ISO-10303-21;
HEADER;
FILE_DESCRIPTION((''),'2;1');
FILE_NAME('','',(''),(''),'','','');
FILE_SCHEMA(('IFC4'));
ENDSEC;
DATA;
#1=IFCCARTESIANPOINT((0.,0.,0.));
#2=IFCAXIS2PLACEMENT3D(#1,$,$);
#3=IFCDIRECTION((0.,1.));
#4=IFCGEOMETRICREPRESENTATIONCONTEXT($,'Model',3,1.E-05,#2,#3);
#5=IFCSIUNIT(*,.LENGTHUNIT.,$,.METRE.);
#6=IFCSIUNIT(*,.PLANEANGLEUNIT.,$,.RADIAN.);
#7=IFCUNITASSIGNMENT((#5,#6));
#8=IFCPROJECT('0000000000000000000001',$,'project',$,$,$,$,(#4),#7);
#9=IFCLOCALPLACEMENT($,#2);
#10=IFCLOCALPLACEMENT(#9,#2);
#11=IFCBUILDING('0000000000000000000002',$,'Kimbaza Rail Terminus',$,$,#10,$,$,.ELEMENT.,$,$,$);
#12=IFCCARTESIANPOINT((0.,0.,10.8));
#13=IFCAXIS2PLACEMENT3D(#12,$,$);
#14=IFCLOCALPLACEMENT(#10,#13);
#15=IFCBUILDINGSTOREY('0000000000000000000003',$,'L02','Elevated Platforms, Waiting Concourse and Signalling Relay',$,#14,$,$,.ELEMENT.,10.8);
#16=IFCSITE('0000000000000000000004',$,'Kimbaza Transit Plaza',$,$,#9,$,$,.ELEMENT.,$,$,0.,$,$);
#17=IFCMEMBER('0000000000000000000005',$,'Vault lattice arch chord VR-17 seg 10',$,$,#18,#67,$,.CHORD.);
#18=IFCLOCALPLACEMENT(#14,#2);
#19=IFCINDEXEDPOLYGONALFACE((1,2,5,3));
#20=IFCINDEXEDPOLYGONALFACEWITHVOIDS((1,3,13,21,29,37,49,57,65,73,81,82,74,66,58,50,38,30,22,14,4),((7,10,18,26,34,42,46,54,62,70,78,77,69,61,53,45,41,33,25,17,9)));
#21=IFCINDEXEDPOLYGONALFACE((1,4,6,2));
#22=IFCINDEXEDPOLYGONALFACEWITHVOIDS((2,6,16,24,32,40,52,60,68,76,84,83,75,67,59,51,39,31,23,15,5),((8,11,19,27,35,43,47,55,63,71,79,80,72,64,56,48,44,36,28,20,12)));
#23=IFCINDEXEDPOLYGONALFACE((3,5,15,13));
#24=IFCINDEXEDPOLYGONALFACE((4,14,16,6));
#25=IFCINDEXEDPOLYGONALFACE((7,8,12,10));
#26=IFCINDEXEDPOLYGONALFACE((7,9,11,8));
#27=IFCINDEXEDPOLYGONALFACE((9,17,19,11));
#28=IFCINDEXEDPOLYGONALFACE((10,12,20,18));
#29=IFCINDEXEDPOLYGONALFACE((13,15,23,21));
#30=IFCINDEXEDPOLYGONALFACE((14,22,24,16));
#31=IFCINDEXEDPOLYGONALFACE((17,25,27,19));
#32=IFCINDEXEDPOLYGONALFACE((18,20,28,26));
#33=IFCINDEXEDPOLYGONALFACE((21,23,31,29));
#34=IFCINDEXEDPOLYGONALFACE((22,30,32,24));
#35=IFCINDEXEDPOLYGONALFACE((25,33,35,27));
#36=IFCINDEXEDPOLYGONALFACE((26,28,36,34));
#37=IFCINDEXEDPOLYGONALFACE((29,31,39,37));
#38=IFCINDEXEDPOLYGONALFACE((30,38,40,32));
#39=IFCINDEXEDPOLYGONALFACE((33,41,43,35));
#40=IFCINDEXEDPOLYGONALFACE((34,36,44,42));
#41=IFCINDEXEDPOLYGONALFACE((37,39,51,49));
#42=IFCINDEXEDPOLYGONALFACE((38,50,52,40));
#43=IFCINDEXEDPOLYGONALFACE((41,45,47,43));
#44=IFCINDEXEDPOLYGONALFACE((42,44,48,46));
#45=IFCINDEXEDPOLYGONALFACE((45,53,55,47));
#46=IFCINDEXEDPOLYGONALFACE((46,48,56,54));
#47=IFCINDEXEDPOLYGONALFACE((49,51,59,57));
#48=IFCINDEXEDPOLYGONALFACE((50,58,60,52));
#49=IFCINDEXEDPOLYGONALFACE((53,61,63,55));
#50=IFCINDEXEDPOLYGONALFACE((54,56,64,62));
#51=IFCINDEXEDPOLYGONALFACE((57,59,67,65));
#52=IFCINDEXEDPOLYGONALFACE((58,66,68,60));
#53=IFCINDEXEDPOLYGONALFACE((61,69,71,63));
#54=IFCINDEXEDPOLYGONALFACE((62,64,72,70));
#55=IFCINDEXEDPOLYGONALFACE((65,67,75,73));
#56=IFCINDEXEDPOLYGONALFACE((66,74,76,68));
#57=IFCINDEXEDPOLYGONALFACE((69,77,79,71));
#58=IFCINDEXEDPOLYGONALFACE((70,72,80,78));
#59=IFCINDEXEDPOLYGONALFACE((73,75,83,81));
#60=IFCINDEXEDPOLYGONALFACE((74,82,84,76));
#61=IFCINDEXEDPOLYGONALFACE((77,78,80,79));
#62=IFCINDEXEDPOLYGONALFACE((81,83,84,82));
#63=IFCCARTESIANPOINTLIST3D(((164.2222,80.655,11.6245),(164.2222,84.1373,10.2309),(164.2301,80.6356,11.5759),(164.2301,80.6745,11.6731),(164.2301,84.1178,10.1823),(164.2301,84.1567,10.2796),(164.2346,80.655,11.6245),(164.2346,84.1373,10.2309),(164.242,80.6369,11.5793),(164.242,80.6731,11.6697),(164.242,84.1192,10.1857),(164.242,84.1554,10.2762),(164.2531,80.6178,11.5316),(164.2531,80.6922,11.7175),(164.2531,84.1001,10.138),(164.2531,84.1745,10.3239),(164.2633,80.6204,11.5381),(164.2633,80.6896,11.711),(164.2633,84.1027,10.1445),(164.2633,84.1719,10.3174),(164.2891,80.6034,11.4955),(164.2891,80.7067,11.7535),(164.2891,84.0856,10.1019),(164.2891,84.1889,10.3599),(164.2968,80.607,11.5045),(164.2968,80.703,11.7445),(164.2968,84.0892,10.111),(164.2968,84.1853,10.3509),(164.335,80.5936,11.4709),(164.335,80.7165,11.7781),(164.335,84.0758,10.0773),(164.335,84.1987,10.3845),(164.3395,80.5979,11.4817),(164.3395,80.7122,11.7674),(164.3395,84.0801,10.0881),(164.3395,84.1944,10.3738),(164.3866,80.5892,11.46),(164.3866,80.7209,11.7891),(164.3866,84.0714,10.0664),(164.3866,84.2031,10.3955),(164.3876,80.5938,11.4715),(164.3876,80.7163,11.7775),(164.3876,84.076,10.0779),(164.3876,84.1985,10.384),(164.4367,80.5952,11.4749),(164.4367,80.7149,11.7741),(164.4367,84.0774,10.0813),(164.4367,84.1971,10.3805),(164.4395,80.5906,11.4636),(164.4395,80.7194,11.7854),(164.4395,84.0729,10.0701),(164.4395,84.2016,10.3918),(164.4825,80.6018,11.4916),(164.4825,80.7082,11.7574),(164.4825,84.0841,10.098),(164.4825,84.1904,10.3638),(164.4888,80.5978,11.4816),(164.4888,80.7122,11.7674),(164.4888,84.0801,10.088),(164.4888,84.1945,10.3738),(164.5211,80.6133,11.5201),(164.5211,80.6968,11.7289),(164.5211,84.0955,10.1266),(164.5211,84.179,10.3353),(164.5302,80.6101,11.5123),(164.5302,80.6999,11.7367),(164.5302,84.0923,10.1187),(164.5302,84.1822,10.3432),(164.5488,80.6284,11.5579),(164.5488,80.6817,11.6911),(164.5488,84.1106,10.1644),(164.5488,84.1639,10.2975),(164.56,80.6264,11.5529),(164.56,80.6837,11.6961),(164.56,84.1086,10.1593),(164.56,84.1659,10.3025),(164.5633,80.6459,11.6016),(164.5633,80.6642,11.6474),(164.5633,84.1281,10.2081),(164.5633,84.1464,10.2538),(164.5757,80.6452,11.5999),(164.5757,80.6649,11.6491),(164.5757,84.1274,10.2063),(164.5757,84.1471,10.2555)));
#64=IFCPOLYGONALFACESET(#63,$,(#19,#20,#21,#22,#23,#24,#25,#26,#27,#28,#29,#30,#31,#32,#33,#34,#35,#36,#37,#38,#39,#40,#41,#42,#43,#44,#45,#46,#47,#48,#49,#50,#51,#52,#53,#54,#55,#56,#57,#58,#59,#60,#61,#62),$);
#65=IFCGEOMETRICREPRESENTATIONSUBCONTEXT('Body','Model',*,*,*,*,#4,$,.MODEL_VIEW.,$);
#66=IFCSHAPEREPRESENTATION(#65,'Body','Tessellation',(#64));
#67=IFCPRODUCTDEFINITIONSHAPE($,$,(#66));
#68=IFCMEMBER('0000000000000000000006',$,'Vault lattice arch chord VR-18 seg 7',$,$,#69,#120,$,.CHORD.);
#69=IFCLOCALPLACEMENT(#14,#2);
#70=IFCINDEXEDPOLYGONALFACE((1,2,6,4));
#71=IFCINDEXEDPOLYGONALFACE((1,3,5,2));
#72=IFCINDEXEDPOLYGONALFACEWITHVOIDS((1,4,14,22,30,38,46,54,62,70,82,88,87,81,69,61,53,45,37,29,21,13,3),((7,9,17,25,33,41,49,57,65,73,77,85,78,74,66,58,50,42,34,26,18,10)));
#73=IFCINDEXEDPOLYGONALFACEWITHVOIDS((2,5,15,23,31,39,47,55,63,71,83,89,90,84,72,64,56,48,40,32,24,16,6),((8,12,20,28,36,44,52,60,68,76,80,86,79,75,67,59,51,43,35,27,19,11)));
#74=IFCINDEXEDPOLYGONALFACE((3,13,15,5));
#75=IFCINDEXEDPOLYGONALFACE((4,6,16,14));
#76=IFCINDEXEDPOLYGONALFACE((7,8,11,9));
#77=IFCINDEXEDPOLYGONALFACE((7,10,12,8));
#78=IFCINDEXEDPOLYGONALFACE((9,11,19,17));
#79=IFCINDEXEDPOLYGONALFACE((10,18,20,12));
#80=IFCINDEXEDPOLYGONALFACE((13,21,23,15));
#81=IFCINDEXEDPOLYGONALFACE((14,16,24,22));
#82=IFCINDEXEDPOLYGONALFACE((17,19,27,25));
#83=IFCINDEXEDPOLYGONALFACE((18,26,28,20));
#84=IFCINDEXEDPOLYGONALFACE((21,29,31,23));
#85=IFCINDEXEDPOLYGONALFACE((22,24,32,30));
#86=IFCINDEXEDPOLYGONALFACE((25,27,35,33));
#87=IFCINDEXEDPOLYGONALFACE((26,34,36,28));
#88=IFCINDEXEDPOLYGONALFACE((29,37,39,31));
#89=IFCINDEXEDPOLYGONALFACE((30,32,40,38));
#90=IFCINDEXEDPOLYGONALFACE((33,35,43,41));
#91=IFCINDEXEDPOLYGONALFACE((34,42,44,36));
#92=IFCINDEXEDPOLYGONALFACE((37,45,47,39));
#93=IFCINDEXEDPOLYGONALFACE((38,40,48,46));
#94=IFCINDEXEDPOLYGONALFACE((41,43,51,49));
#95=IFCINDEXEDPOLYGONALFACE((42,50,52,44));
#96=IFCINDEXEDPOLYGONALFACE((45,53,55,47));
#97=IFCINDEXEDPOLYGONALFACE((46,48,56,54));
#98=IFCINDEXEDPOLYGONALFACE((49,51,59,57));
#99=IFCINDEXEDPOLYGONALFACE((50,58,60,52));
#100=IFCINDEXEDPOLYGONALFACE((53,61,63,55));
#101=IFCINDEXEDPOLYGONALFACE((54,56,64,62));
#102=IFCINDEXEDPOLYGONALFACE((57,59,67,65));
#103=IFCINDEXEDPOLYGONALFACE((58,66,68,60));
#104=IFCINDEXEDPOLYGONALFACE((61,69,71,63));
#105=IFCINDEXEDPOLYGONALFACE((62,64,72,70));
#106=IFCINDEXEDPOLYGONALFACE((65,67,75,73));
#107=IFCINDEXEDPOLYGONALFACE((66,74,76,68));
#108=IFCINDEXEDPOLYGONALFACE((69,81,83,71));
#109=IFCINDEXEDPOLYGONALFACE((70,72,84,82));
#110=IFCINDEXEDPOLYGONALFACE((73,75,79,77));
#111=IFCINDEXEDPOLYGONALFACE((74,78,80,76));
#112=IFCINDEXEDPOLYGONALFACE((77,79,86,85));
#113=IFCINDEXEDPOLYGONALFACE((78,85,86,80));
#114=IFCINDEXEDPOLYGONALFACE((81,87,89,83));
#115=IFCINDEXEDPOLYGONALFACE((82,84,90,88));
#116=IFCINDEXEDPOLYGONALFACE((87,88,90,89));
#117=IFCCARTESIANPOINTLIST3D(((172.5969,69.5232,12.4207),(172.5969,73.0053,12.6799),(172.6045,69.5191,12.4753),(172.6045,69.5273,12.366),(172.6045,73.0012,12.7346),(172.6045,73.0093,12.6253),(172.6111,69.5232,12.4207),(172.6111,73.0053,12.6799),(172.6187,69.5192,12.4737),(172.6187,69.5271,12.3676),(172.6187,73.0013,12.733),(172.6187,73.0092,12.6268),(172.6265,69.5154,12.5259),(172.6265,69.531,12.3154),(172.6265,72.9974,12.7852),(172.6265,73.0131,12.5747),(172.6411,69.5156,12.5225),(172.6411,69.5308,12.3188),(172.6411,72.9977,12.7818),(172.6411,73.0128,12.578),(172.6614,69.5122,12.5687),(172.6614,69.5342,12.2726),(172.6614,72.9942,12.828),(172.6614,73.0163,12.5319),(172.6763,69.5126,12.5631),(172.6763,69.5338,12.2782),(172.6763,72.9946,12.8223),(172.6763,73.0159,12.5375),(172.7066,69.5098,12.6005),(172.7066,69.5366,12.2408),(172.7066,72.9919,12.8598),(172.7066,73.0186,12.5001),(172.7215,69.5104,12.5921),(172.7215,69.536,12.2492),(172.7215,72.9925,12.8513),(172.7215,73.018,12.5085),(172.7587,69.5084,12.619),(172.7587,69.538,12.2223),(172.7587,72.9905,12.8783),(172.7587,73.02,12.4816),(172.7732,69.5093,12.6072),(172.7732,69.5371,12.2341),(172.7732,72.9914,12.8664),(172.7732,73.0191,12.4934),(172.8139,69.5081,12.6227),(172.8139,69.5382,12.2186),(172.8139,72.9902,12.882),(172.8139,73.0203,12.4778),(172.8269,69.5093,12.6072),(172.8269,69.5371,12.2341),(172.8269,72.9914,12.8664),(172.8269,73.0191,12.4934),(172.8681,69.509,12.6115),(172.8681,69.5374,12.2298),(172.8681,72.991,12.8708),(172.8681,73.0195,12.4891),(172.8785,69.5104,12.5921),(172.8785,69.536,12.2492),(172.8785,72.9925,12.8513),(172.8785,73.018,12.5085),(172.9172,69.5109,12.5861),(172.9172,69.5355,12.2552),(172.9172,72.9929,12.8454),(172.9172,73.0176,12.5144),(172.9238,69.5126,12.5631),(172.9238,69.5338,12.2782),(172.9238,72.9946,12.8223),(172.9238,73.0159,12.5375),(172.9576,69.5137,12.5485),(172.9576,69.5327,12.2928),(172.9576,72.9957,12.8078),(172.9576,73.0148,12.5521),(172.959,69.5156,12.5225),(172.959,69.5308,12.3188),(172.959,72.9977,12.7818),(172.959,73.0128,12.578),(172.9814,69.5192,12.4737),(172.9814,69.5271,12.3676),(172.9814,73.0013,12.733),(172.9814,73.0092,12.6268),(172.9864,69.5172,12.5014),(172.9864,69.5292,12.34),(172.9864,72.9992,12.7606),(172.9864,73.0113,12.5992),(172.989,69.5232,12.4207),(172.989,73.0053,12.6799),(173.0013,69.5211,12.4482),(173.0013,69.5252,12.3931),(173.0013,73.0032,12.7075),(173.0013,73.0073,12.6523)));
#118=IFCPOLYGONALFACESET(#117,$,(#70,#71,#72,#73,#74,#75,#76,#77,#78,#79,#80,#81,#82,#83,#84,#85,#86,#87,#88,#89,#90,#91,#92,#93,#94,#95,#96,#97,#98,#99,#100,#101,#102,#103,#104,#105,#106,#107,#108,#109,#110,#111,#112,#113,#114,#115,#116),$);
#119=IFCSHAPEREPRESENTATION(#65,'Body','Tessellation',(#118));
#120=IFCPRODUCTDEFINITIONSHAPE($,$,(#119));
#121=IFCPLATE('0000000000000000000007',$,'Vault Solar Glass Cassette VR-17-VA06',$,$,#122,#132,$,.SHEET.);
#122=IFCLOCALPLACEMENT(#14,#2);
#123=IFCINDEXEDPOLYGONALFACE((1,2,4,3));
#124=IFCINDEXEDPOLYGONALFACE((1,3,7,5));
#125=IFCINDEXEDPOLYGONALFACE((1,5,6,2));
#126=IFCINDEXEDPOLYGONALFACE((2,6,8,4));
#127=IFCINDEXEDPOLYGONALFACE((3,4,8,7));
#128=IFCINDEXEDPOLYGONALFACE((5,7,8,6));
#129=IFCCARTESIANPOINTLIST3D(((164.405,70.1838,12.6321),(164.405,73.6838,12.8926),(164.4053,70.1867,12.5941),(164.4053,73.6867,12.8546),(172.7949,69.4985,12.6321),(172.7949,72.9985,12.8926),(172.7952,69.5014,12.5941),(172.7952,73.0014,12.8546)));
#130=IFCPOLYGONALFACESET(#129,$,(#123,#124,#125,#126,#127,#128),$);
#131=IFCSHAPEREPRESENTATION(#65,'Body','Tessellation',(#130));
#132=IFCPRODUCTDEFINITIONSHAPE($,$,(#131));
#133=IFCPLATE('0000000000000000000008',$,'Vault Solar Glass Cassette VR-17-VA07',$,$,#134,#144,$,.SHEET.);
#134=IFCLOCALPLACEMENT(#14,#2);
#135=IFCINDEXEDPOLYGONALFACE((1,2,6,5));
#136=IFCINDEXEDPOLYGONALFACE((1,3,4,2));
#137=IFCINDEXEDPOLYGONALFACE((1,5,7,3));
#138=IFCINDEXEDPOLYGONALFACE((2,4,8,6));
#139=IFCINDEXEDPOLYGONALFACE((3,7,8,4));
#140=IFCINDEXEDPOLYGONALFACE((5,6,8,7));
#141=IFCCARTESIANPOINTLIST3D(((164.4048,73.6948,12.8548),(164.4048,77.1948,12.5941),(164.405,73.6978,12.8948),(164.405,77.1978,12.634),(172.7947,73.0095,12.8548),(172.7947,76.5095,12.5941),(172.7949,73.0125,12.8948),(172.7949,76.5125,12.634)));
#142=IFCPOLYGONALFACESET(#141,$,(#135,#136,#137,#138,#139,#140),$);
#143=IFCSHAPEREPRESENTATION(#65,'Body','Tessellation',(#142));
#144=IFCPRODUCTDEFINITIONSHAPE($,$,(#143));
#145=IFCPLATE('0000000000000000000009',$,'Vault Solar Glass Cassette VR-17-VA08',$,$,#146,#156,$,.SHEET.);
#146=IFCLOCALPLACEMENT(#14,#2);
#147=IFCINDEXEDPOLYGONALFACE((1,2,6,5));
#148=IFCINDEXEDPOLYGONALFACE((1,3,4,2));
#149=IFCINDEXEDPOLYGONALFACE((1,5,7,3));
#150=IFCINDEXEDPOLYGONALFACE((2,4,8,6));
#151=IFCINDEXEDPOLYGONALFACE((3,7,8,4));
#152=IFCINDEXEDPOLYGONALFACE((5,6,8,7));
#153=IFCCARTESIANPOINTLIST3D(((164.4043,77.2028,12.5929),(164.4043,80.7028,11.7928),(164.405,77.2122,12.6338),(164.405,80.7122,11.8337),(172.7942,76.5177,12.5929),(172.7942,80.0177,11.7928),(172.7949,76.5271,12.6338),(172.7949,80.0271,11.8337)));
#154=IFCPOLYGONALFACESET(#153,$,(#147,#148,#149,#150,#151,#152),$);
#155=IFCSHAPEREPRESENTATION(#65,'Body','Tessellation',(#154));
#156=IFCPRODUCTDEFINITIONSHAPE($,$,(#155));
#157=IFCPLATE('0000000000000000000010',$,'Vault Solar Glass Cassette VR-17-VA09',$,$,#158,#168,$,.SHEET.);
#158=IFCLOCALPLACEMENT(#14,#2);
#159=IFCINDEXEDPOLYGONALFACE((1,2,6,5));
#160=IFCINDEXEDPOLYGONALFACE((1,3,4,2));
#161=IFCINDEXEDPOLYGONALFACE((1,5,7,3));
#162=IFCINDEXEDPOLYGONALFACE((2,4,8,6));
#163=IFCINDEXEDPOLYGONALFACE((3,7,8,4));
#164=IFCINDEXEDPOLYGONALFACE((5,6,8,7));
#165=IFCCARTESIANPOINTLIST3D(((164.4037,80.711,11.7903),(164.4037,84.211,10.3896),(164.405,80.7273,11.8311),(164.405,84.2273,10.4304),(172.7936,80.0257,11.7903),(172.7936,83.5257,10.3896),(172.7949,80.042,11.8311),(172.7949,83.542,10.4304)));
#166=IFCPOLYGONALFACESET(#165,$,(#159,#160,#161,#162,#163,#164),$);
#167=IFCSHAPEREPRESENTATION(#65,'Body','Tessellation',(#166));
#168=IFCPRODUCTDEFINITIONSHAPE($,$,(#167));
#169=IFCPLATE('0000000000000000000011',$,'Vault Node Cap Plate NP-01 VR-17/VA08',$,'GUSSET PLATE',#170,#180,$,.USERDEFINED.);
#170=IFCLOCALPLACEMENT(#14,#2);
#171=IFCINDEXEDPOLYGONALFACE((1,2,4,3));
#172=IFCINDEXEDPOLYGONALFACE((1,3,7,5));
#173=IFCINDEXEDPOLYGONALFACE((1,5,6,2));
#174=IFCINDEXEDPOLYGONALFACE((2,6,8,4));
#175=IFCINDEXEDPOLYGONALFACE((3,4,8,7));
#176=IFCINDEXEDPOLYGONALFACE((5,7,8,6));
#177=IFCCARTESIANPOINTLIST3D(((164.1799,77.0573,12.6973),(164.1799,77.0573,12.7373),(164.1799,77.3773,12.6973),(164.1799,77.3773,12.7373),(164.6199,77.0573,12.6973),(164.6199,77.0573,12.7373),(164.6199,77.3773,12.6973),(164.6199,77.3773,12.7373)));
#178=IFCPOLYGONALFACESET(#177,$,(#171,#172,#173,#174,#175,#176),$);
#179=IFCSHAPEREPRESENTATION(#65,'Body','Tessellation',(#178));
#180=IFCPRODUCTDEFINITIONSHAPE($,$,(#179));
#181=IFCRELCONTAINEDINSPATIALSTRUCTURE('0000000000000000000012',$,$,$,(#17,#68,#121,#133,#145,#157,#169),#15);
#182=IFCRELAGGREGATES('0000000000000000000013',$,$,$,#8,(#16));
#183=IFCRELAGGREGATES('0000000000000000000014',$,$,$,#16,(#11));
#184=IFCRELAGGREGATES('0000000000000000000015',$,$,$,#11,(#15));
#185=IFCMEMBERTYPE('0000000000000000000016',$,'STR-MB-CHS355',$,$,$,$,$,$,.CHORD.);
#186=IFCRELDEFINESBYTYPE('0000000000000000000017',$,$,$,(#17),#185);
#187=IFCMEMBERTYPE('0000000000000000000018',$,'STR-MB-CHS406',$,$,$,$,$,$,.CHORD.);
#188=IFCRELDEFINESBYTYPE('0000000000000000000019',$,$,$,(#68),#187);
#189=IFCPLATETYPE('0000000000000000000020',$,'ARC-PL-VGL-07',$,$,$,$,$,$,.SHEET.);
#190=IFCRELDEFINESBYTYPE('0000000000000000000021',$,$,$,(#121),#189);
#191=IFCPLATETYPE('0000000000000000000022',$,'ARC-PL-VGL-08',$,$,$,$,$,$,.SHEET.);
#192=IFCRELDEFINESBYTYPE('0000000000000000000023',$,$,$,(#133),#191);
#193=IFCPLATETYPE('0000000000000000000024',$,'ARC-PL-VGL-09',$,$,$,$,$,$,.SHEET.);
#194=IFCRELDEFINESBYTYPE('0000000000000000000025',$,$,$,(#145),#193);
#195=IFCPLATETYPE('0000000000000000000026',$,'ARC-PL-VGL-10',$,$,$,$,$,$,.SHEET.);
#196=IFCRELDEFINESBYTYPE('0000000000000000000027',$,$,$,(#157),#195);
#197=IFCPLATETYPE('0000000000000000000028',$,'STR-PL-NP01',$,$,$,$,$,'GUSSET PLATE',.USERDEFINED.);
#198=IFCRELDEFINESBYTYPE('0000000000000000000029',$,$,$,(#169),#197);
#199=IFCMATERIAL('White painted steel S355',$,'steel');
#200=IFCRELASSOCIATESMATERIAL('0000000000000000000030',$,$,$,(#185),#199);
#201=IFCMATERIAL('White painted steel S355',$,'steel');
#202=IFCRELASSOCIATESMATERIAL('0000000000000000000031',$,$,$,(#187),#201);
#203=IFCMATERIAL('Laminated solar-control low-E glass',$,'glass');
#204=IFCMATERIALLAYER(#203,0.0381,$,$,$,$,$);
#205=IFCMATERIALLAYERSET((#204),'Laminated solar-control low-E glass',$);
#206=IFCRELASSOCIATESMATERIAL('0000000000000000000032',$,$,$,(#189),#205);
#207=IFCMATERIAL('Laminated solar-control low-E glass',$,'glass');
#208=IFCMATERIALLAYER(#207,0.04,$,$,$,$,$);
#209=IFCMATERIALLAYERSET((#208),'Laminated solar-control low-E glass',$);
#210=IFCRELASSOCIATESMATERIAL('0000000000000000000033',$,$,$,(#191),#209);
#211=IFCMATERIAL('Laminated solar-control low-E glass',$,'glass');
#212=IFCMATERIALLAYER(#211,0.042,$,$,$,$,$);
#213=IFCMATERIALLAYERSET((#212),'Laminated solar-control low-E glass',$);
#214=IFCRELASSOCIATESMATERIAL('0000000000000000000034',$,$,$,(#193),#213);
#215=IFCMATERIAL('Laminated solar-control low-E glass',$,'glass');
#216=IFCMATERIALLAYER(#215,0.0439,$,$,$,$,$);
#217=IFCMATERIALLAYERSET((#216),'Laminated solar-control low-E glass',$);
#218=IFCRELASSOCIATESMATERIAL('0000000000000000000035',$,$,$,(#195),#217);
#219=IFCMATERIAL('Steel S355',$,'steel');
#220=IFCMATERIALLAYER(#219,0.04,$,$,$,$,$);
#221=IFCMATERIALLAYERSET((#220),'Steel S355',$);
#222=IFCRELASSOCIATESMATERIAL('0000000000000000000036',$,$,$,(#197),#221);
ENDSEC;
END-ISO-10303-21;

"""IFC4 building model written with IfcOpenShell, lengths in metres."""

from ifc_helpers import new_model, si_unit, direction, frame, origin, origin_2d, place, context, subcontext, project, spatial, polyline, rectangle, hollow_circle, outline, extrude, material, layer, layer_set, material_profile, profile_set, type_object, element, save


model = new_model("IFC4")

# Units and contexts
model_context = context("Model", 3, precision=1e-05, world=origin(), true_north=direction((0.0, 1.0)))
body_context = subcontext(model_context, "Body", "Model", "MODEL_VIEW")
ifc_project = project(units=[si_unit("LENGTHUNIT", "METRE"), si_unit("PLANEANGLEUNIT", "RADIAN")], contexts=[model_context])

# Site, building, storey
site_placement = place(None, origin())
site = spatial("IfcSite", under=ifc_project, at=site_placement, Name="Kimbaza Transit Plaza", CompositionType="ELEMENT", RefElevation=0.0)
building_placement = place(site_placement, origin())
building = spatial("IfcBuilding", under=site, at=building_placement, Name="Kimbaza Rail Terminus", CompositionType="ELEMENT")
storey_placement = place(building_placement, frame((0.0, 0.0, 10.8)))
storey = spatial("IfcBuildingStorey", under=building, at=storey_placement, Name="L02", Description="Elevated Platforms, Waiting Concourse and Signalling Relay", CompositionType="ELEMENT", Elevation=10.8)

# Members
ifc_material_1 = material(Name="White painted steel S355", Category="steel")
ifc_material_profile_1 = material_profile(ifc_material_1, hollow_circle(Radius=0.1777, WallThickness=0.0125, at=origin_2d()), Name="CHS 355.6x12.5")
ifc_profile_set_1 = profile_set([ifc_material_profile_1], Name="White painted steel S355")
member_type_1 = type_object("IfcMemberType", Name="STR-MB-CHS355", PredefinedType="CHORD", material=ifc_profile_set_1)
member_1_placement = place(storey_placement, frame((164.3999, 80.655, 11.6245), z_axis=(0.0, 0.928414, -0.371548), x_axis=(-1.0, 0.0, 0.0)))
element("IfcMember", 1, at=member_1_placement, inside=storey, type_object=member_type_1, Name="Vault lattice arch chord VR-17 seg 10", PredefinedType="CHORD", context=body_context, shape_type="SweptSolid", body=[
    extrude(hollow_circle(Radius=0.1777, WallThickness=0.0125, at=origin_2d()), origin(), (0.0, 0.0, 1.0), 3.7507),
])
ifc_material_2 = material(Name="White painted steel S355", Category="steel")
ifc_material_profile_2 = material_profile(ifc_material_2, hollow_circle(Radius=0.2031, WallThickness=0.0142, at=origin_2d()), Name="CHS 406.4x14.2")
ifc_profile_set_2 = profile_set([ifc_material_profile_2], Name="White painted steel S355")
member_type_2 = type_object("IfcMemberType", Name="STR-MB-CHS406", PredefinedType="CHORD", material=ifc_profile_set_2)
member_2_placement = place(storey_placement, frame((172.8, 69.5232, 12.4207), z_axis=(0.0, 0.997239, 0.074253), x_axis=(-1.0, 0.0, 0.0)))
element("IfcMember", 2, at=member_2_placement, inside=storey, type_object=member_type_2, Name="Vault lattice arch chord VR-18 seg 7", PredefinedType="CHORD", context=body_context, shape_type="SweptSolid", body=[
    extrude(hollow_circle(Radius=0.2031, WallThickness=0.0142, at=origin_2d()), origin(), (0.0, 0.0, 1.0), 3.4917),
])

# Plates
ifc_material_3 = material(Name="Laminated solar-control low-E glass", Category="glass")
ifc_layer_1 = layer(ifc_material_3, 0.0381)
ifc_layer_set_1 = layer_set([ifc_layer_1], Name="Laminated solar-control low-E glass")
plate_type_1 = type_object("IfcPlateType", Name="ARC-PL-VGL-07", PredefinedType="SHEET", material=ifc_layer_set_1)
plate_1_placement = place(storey_placement, frame((164.405, 70.1838, 12.6321), z_axis=(-0.006063, -0.074221, 0.997223), x_axis=(0.996681, -0.081411, 0.0)))
element("IfcPlate", 3, at=plate_1_placement, inside=storey, type_object=plate_type_1, Name="Vault Solar Glass Cassette VR-17-VA06", PredefinedType="SHEET", context=body_context, shape_type="SweptSolid", body=[
    extrude(outline(polyline([(0.0, 0.0), (8.4178, 0.0), (8.1329, 3.4981), (-0.2849, 3.4981), (0.0, 0.0)])), origin(), (0.0, 0.0, -1.0), 0.0381),
])
ifc_material_4 = material(Name="Laminated solar-control low-E glass", Category="glass")
ifc_layer_2 = layer(ifc_material_4, 0.04)
ifc_layer_set_2 = layer_set([ifc_layer_2], Name="Laminated solar-control low-E glass")
plate_type_2 = type_object("IfcPlateType", Name="ARC-PL-VGL-08", PredefinedType="SHEET", material=ifc_layer_set_2)
plate_2_placement = place(storey_placement, frame((164.405, 73.6978, 12.8948), z_axis=(0.006068, 0.074291, 0.997218), x_axis=(0.996681, -0.081411, 0.0)))
element("IfcPlate", 4, at=plate_2_placement, inside=storey, type_object=plate_type_2, Name="Vault Solar Glass Cassette VR-17-VA07", PredefinedType="SHEET", context=body_context, shape_type="SweptSolid", body=[
    extrude(outline(polyline([(0.0, 0.0), (8.4178, 0.0), (8.1329, 3.4981), (-0.2849, 3.4981), (0.0, 0.0)])), origin(), (0.0, 0.0, -1.0), 0.04),
])
ifc_material_5 = material(Name="Laminated solar-control low-E glass", Category="glass")
ifc_layer_3 = layer(ifc_material_5, 0.042)
ifc_layer_set_3 = layer_set([ifc_layer_3], Name="Laminated solar-control low-E glass")
plate_type_3 = type_object("IfcPlateType", Name="ARC-PL-VGL-09", PredefinedType="SHEET", material=ifc_layer_set_3)
plate_3_placement = place(storey_placement, frame((164.405, 77.2122, 12.6338), z_axis=(0.018192, 0.222801, 0.974694), x_axis=(0.996683, -0.081382, 0.0)))
element("IfcPlate", 5, at=plate_3_placement, inside=storey, type_object=plate_type_3, Name="Vault Solar Glass Cassette VR-17-VA08", PredefinedType="SHEET", context=body_context, shape_type="SweptSolid", body=[
    extrude(outline(polyline([(0.0, 0.0), (8.4178, 0.0), (8.133, 3.579), (-0.2848, 3.579), (0.0, 0.0)])), origin(), (0.0, 0.0, -1.0), 0.042),
])
ifc_material_6 = material(Name="Laminated solar-control low-E glass", Category="glass")
ifc_layer_4 = layer(ifc_material_6, 0.0439)
ifc_layer_set_4 = layer_set([ifc_layer_4], Name="Laminated solar-control low-E glass")
plate_type_4 = type_object("IfcPlateType", Name="ARC-PL-VGL-10", PredefinedType="SHEET", material=ifc_layer_set_4)
plate_4_placement = place(storey_placement, frame((164.405, 80.7273, 11.8311), z_axis=(0.030334, 0.371365, 0.927991), x_axis=(0.996681, -0.081411, 0.0)))
element("IfcPlate", 6, at=plate_4_placement, inside=storey, type_object=plate_type_4, Name="Vault Solar Glass Cassette VR-17-VA09", PredefinedType="SHEET", context=body_context, shape_type="SweptSolid", body=[
    extrude(outline(polyline([(0.0, 0.0), (8.4178, 0.0), (8.1329, 3.7591), (-0.2849, 3.7591), (0.0, 0.0)])), origin(), (0.0, 0.0, -1.0), 0.0439),
])
ifc_material_7 = material(Name="Steel S355", Category="steel")
ifc_layer_5 = layer(ifc_material_7, 0.04)
ifc_layer_set_5 = layer_set([ifc_layer_5], Name="Steel S355")
plate_type_5 = type_object("IfcPlateType", Name="STR-PL-NP01", ElementType="GUSSET PLATE", PredefinedType="USERDEFINED", material=ifc_layer_set_5)
for number, where, z_axis, x_axis, name in (
    (7, (164.3999, 77.2173, 12.6973), (0.0, 0.0, 1.0), (1.0, 0.0, 0.0), "Vault Node Cap Plate NP-01 VR-17/VA08"),
):
    element("IfcPlate", number, at=place(storey_placement, frame(where, z_axis=z_axis, x_axis=x_axis)), inside=storey, type_object=plate_type_5, Name=name, ObjectType="GUSSET PLATE", PredefinedType="USERDEFINED", context=body_context, shape_type="SweptSolid", body=[
        extrude(rectangle(XDim=0.4399, YDim=0.3201, at=origin_2d()), origin(), (0.0, 0.0, 1.0), 0.04),
    ])

save(model, "model.ifc")
